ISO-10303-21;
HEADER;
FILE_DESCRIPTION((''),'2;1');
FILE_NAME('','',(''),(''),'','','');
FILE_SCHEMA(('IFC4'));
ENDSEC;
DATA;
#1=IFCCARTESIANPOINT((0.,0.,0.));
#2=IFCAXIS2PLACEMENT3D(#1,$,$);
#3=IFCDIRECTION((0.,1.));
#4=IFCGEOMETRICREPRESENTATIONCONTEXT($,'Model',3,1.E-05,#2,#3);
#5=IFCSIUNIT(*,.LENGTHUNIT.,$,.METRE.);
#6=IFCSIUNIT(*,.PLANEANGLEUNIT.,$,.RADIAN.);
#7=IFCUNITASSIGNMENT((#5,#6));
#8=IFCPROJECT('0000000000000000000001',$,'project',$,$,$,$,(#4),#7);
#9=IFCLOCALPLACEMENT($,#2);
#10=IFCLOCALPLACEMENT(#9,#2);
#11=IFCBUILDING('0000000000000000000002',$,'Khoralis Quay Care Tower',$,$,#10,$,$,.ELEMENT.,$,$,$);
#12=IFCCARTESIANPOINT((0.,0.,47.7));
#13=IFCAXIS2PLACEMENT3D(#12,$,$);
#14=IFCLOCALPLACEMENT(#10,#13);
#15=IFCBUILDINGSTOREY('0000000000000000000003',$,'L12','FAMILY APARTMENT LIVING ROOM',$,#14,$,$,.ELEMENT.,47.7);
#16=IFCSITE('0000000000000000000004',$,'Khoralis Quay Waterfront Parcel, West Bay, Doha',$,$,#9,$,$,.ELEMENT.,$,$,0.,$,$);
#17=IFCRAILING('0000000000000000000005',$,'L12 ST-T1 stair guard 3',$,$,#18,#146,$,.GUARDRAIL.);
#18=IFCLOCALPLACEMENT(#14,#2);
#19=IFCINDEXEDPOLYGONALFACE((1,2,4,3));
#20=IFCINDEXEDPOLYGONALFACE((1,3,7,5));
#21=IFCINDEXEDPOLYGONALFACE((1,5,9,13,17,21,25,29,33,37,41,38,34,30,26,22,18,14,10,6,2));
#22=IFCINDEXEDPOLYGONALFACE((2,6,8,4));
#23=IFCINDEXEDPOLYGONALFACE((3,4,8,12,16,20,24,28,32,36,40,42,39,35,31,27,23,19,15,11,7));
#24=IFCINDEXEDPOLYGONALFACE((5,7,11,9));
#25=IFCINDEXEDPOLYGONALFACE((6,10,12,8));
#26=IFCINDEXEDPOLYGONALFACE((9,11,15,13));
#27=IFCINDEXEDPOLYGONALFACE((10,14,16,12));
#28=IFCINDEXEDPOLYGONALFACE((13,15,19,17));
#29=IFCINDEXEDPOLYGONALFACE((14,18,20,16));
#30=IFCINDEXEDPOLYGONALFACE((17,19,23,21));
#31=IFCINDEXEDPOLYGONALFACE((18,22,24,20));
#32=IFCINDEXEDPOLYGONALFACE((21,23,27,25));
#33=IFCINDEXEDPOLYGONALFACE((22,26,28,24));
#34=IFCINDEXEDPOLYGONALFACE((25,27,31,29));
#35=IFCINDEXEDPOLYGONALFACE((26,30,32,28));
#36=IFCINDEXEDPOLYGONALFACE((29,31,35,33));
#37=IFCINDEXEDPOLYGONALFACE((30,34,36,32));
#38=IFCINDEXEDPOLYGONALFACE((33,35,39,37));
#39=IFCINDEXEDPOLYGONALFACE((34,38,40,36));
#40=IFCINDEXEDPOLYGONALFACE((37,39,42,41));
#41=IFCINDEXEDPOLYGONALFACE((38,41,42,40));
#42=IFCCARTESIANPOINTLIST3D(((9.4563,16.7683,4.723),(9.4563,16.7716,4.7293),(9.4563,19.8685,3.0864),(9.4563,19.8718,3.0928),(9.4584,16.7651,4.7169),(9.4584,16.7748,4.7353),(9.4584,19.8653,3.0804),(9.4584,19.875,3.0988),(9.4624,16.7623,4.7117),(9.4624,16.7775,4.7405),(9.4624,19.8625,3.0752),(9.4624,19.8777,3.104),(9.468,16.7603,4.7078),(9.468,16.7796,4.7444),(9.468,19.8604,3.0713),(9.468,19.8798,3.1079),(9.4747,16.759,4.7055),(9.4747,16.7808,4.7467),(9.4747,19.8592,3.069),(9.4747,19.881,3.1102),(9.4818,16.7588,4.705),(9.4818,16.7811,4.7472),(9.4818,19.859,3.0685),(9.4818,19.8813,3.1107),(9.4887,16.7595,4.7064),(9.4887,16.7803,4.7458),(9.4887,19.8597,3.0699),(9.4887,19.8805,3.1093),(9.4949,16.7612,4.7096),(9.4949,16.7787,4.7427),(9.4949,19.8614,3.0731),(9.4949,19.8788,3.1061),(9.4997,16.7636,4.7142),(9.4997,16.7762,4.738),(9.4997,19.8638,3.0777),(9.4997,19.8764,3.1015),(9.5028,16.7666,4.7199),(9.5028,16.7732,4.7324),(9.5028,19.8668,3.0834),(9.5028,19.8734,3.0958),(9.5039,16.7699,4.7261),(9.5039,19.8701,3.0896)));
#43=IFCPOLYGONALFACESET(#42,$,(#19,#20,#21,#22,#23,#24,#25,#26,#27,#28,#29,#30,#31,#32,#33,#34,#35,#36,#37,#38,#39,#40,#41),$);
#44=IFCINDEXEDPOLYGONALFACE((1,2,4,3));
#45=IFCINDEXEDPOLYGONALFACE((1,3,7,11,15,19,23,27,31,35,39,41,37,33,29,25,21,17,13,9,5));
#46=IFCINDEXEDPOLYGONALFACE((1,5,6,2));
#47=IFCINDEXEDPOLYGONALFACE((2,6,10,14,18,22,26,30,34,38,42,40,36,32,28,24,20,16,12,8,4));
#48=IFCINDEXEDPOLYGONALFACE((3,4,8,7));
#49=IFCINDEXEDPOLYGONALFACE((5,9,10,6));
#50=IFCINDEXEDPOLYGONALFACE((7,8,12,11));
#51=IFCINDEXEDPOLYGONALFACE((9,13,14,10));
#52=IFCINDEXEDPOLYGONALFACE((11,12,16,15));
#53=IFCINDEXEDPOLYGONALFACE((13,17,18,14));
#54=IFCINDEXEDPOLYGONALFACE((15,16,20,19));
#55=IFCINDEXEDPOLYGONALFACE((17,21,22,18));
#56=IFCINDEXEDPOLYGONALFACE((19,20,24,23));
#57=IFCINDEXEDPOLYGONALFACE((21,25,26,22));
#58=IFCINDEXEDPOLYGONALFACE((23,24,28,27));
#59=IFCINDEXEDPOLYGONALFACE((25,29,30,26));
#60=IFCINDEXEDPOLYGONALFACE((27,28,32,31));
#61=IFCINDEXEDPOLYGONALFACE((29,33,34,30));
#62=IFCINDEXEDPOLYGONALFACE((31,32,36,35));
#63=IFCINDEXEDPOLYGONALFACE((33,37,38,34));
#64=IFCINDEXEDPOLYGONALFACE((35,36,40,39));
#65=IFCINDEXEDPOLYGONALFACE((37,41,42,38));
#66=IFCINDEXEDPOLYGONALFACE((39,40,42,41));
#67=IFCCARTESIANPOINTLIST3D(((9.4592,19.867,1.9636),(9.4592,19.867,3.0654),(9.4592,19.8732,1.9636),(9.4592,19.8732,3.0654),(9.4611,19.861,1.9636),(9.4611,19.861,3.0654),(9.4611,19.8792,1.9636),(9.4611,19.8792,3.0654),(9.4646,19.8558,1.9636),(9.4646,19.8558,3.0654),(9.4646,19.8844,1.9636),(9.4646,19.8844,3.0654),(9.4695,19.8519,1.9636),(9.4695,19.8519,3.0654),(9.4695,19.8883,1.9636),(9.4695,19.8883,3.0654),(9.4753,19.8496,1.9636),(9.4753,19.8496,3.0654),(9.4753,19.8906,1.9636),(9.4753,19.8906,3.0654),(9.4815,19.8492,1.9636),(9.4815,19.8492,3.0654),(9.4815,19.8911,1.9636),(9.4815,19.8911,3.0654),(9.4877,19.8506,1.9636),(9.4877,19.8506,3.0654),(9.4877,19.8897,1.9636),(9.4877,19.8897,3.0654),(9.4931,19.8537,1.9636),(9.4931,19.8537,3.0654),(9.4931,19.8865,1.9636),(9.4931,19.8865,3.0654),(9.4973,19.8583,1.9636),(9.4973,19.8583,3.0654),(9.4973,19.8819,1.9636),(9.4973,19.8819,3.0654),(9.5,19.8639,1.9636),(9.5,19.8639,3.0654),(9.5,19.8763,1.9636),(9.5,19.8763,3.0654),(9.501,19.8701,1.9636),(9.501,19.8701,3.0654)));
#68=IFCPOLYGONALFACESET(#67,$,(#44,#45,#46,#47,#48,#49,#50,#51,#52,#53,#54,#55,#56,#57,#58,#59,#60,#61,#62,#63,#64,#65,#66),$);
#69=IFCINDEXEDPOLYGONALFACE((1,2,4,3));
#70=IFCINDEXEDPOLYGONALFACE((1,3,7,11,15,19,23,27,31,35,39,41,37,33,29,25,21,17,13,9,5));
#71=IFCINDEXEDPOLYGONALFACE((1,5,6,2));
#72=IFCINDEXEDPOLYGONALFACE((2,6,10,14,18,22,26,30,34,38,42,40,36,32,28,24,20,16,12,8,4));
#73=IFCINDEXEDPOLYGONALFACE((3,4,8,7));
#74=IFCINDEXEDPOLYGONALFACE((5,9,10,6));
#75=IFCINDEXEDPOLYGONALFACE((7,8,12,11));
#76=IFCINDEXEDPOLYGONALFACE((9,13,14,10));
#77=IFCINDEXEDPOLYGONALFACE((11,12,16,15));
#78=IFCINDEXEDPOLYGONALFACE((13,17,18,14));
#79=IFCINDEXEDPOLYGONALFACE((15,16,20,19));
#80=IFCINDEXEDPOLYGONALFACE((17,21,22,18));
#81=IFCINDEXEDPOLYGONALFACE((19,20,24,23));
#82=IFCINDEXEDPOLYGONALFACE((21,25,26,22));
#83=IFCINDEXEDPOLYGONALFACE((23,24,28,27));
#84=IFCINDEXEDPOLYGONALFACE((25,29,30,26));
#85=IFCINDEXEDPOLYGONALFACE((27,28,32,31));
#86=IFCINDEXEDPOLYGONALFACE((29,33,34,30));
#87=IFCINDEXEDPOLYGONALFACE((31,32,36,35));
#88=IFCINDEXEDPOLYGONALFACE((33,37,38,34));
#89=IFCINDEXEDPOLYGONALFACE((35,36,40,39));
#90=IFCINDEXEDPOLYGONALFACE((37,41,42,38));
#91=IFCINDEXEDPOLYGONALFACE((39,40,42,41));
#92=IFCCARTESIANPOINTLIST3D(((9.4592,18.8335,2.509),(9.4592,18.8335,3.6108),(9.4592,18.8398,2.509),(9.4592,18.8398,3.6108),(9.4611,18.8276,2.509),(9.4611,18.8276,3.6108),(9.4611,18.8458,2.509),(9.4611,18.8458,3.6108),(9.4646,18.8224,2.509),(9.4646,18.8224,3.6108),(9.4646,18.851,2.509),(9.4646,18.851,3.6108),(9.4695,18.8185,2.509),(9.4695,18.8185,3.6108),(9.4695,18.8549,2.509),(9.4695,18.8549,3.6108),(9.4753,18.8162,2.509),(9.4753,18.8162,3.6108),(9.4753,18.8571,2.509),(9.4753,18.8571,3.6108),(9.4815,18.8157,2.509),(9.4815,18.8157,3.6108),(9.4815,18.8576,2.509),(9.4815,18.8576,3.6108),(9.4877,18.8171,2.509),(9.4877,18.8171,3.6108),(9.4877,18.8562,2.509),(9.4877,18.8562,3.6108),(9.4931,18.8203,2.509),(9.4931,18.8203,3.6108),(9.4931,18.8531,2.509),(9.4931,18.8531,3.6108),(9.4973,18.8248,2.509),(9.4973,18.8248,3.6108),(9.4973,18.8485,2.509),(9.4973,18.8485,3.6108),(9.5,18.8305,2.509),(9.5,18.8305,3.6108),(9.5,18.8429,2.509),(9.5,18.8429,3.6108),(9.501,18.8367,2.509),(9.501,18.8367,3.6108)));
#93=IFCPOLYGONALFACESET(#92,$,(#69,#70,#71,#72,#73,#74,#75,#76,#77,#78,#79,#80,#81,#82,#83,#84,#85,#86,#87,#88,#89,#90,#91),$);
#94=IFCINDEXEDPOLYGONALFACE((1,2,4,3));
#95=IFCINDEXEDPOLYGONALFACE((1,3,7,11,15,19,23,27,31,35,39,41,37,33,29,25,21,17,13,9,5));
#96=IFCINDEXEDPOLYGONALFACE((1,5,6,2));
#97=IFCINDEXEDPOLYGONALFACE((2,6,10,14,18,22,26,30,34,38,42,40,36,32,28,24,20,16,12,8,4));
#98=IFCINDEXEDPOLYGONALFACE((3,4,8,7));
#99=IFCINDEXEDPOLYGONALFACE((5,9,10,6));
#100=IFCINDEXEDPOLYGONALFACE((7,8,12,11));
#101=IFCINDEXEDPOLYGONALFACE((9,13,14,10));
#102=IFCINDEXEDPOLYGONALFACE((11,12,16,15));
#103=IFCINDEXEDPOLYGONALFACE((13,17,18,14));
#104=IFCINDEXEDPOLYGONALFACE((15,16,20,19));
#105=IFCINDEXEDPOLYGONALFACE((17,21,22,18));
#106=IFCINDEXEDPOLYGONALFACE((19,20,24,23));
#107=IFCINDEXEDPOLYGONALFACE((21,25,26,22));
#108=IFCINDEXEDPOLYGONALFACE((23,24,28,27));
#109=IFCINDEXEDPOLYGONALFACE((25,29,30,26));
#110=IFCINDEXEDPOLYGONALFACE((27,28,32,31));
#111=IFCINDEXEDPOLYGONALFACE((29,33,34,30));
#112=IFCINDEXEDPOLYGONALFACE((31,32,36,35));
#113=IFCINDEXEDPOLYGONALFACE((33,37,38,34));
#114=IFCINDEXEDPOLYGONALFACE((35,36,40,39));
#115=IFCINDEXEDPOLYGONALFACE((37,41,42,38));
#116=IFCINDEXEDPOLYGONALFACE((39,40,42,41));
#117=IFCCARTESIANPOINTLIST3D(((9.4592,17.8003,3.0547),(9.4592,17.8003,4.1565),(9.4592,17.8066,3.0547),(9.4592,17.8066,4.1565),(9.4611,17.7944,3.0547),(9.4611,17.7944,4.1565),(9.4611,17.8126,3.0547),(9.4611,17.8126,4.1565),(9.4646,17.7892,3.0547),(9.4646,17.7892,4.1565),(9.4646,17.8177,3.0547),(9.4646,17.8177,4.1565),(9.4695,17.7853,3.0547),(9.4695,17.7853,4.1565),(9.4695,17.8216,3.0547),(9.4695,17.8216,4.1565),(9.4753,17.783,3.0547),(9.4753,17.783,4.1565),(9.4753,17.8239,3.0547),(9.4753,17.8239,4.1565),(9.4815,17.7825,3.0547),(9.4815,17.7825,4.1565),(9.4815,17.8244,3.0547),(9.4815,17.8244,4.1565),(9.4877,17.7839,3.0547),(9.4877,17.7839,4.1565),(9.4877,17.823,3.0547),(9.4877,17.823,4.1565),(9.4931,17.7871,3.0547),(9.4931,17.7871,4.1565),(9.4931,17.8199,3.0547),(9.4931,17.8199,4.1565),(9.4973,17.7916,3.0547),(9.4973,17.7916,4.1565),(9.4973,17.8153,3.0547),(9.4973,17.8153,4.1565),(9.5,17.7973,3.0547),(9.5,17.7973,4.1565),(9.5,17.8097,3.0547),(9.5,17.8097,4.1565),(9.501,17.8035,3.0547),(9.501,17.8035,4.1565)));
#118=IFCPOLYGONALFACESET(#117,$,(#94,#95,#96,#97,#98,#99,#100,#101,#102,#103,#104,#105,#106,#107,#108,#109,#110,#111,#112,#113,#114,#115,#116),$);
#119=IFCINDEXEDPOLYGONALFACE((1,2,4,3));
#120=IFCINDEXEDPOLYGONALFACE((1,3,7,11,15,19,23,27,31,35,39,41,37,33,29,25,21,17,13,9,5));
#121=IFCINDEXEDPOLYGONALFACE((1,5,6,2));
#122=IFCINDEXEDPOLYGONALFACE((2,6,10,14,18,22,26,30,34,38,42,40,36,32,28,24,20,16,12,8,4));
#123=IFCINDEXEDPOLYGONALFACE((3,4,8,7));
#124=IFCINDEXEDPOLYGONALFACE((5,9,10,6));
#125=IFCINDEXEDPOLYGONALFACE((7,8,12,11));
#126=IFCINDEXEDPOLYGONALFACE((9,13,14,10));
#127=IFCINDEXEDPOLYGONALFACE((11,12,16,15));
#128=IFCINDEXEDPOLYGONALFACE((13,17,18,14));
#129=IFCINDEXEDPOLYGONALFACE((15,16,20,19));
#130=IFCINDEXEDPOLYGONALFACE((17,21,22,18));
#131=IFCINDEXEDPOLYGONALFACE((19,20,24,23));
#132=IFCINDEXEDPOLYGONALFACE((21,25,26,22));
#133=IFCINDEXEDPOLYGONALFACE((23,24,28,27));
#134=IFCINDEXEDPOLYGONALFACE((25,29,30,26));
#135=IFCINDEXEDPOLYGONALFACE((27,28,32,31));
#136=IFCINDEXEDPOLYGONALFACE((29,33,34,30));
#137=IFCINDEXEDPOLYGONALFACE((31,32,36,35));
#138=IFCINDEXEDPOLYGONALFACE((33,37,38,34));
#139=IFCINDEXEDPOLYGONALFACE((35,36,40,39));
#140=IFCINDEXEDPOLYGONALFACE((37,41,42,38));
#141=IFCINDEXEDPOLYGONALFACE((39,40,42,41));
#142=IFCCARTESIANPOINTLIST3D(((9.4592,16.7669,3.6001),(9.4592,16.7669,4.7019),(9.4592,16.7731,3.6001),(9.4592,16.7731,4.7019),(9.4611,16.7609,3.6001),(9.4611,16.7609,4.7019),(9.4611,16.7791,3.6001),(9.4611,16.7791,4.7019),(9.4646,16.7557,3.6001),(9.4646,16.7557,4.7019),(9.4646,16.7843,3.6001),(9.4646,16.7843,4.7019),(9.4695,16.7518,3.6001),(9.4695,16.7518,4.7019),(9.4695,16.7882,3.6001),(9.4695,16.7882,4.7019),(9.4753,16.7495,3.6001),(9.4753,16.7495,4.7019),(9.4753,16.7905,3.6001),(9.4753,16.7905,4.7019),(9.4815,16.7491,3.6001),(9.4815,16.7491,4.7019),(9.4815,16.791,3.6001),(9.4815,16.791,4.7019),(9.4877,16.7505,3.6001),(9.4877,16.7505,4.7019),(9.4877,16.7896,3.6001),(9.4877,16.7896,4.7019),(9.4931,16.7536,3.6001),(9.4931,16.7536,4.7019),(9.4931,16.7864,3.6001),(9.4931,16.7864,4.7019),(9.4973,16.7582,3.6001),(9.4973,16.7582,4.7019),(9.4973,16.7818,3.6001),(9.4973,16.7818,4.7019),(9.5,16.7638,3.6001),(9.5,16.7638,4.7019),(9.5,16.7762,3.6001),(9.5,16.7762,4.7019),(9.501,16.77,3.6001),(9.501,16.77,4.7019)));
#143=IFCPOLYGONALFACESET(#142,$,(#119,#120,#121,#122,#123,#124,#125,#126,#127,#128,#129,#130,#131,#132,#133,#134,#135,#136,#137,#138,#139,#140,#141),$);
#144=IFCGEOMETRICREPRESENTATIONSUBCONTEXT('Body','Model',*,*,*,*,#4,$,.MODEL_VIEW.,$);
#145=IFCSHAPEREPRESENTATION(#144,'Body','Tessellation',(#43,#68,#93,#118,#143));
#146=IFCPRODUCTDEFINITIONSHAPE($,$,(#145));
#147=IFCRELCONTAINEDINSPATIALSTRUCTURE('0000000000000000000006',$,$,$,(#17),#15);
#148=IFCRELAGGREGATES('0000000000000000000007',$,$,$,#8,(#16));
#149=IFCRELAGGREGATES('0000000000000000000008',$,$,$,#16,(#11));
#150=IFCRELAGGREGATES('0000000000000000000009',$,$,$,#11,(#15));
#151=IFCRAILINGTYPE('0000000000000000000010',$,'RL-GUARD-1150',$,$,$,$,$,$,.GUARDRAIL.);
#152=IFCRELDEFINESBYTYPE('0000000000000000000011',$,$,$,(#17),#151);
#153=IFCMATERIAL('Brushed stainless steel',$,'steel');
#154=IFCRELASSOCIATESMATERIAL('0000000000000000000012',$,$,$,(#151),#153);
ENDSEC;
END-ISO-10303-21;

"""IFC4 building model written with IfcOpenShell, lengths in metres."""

from ifc_helpers import new_model, si_unit, direction, frame, origin, origin_2d, place, context, subcontext, project, spatial, circle, extrude, material, type_object, element, save


model = new_model("IFC4")

# Units and contexts
model_context = context("Model", 3, precision=1e-05, world=origin(), true_north=direction((0.0, 1.0)))
body_context = subcontext(model_context, "Body", "Model", "MODEL_VIEW")
ifc_project = project(units=[si_unit("LENGTHUNIT", "METRE"), si_unit("PLANEANGLEUNIT", "RADIAN")], contexts=[model_context])

# Site, building, storey
site_placement = place(None, origin())
site = spatial("IfcSite", under=ifc_project, at=site_placement, Name="Khoralis Quay Waterfront Parcel, West Bay, Doha", CompositionType="ELEMENT", RefElevation=0.0)
building_placement = place(site_placement, origin())
building = spatial("IfcBuilding", under=site, at=building_placement, Name="Khoralis Quay Care Tower", CompositionType="ELEMENT")
storey_placement = place(building_placement, frame((0.0, 0.0, 47.7)))
storey = spatial("IfcBuildingStorey", under=building, at=storey_placement, Name="L12", Description="FAMILY APARTMENT LIVING ROOM", CompositionType="ELEMENT", Elevation=47.7)

# Shared definitions
ifc_material_1 = material(Name="Brushed stainless steel", Category="steel")

# Railing
railing_type_1 = type_object("IfcRailingType", Name="RL-GUARD-1150", PredefinedType="GUARDRAIL", material=ifc_material_1)
railing_1_placement = place(storey_placement, frame((9.48, 19.8701, 1.9636)))
element("IfcRailing", 1, at=railing_1_placement, inside=storey, type_object=railing_type_1, Name="L12 ST-T1 stair guard 3", PredefinedType="GUARDRAIL", context=body_context, shape_type="SweptSolid", body=[
    extrude(circle(Radius=0.0239, at=origin_2d()), frame((0.0, 0.0, 1.126), z_axis=(0.0, -0.884348, 0.466828), x_axis=(1.0, 0.0, 0.0)), (0.0, 0.0, 1.0), 3.5056),
    extrude(circle(Radius=0.021, at=origin_2d()), origin(), (0.0, 0.0, 1.0), 1.1018),
    extrude(circle(Radius=0.021, at=origin_2d()), frame((0.0, -1.0334, 0.5454)), (0.0, 0.0, 1.0), 1.1018),
    extrude(circle(Radius=0.021, at=origin_2d()), frame((0.0, -2.0667, 1.0911)), (0.0, 0.0, 1.0), 1.1018),
    extrude(circle(Radius=0.021, at=origin_2d()), frame((0.0, -3.1001, 1.6365)), (0.0, 0.0, 1.0), 1.1018),
])

save(model, "model.ifc")
